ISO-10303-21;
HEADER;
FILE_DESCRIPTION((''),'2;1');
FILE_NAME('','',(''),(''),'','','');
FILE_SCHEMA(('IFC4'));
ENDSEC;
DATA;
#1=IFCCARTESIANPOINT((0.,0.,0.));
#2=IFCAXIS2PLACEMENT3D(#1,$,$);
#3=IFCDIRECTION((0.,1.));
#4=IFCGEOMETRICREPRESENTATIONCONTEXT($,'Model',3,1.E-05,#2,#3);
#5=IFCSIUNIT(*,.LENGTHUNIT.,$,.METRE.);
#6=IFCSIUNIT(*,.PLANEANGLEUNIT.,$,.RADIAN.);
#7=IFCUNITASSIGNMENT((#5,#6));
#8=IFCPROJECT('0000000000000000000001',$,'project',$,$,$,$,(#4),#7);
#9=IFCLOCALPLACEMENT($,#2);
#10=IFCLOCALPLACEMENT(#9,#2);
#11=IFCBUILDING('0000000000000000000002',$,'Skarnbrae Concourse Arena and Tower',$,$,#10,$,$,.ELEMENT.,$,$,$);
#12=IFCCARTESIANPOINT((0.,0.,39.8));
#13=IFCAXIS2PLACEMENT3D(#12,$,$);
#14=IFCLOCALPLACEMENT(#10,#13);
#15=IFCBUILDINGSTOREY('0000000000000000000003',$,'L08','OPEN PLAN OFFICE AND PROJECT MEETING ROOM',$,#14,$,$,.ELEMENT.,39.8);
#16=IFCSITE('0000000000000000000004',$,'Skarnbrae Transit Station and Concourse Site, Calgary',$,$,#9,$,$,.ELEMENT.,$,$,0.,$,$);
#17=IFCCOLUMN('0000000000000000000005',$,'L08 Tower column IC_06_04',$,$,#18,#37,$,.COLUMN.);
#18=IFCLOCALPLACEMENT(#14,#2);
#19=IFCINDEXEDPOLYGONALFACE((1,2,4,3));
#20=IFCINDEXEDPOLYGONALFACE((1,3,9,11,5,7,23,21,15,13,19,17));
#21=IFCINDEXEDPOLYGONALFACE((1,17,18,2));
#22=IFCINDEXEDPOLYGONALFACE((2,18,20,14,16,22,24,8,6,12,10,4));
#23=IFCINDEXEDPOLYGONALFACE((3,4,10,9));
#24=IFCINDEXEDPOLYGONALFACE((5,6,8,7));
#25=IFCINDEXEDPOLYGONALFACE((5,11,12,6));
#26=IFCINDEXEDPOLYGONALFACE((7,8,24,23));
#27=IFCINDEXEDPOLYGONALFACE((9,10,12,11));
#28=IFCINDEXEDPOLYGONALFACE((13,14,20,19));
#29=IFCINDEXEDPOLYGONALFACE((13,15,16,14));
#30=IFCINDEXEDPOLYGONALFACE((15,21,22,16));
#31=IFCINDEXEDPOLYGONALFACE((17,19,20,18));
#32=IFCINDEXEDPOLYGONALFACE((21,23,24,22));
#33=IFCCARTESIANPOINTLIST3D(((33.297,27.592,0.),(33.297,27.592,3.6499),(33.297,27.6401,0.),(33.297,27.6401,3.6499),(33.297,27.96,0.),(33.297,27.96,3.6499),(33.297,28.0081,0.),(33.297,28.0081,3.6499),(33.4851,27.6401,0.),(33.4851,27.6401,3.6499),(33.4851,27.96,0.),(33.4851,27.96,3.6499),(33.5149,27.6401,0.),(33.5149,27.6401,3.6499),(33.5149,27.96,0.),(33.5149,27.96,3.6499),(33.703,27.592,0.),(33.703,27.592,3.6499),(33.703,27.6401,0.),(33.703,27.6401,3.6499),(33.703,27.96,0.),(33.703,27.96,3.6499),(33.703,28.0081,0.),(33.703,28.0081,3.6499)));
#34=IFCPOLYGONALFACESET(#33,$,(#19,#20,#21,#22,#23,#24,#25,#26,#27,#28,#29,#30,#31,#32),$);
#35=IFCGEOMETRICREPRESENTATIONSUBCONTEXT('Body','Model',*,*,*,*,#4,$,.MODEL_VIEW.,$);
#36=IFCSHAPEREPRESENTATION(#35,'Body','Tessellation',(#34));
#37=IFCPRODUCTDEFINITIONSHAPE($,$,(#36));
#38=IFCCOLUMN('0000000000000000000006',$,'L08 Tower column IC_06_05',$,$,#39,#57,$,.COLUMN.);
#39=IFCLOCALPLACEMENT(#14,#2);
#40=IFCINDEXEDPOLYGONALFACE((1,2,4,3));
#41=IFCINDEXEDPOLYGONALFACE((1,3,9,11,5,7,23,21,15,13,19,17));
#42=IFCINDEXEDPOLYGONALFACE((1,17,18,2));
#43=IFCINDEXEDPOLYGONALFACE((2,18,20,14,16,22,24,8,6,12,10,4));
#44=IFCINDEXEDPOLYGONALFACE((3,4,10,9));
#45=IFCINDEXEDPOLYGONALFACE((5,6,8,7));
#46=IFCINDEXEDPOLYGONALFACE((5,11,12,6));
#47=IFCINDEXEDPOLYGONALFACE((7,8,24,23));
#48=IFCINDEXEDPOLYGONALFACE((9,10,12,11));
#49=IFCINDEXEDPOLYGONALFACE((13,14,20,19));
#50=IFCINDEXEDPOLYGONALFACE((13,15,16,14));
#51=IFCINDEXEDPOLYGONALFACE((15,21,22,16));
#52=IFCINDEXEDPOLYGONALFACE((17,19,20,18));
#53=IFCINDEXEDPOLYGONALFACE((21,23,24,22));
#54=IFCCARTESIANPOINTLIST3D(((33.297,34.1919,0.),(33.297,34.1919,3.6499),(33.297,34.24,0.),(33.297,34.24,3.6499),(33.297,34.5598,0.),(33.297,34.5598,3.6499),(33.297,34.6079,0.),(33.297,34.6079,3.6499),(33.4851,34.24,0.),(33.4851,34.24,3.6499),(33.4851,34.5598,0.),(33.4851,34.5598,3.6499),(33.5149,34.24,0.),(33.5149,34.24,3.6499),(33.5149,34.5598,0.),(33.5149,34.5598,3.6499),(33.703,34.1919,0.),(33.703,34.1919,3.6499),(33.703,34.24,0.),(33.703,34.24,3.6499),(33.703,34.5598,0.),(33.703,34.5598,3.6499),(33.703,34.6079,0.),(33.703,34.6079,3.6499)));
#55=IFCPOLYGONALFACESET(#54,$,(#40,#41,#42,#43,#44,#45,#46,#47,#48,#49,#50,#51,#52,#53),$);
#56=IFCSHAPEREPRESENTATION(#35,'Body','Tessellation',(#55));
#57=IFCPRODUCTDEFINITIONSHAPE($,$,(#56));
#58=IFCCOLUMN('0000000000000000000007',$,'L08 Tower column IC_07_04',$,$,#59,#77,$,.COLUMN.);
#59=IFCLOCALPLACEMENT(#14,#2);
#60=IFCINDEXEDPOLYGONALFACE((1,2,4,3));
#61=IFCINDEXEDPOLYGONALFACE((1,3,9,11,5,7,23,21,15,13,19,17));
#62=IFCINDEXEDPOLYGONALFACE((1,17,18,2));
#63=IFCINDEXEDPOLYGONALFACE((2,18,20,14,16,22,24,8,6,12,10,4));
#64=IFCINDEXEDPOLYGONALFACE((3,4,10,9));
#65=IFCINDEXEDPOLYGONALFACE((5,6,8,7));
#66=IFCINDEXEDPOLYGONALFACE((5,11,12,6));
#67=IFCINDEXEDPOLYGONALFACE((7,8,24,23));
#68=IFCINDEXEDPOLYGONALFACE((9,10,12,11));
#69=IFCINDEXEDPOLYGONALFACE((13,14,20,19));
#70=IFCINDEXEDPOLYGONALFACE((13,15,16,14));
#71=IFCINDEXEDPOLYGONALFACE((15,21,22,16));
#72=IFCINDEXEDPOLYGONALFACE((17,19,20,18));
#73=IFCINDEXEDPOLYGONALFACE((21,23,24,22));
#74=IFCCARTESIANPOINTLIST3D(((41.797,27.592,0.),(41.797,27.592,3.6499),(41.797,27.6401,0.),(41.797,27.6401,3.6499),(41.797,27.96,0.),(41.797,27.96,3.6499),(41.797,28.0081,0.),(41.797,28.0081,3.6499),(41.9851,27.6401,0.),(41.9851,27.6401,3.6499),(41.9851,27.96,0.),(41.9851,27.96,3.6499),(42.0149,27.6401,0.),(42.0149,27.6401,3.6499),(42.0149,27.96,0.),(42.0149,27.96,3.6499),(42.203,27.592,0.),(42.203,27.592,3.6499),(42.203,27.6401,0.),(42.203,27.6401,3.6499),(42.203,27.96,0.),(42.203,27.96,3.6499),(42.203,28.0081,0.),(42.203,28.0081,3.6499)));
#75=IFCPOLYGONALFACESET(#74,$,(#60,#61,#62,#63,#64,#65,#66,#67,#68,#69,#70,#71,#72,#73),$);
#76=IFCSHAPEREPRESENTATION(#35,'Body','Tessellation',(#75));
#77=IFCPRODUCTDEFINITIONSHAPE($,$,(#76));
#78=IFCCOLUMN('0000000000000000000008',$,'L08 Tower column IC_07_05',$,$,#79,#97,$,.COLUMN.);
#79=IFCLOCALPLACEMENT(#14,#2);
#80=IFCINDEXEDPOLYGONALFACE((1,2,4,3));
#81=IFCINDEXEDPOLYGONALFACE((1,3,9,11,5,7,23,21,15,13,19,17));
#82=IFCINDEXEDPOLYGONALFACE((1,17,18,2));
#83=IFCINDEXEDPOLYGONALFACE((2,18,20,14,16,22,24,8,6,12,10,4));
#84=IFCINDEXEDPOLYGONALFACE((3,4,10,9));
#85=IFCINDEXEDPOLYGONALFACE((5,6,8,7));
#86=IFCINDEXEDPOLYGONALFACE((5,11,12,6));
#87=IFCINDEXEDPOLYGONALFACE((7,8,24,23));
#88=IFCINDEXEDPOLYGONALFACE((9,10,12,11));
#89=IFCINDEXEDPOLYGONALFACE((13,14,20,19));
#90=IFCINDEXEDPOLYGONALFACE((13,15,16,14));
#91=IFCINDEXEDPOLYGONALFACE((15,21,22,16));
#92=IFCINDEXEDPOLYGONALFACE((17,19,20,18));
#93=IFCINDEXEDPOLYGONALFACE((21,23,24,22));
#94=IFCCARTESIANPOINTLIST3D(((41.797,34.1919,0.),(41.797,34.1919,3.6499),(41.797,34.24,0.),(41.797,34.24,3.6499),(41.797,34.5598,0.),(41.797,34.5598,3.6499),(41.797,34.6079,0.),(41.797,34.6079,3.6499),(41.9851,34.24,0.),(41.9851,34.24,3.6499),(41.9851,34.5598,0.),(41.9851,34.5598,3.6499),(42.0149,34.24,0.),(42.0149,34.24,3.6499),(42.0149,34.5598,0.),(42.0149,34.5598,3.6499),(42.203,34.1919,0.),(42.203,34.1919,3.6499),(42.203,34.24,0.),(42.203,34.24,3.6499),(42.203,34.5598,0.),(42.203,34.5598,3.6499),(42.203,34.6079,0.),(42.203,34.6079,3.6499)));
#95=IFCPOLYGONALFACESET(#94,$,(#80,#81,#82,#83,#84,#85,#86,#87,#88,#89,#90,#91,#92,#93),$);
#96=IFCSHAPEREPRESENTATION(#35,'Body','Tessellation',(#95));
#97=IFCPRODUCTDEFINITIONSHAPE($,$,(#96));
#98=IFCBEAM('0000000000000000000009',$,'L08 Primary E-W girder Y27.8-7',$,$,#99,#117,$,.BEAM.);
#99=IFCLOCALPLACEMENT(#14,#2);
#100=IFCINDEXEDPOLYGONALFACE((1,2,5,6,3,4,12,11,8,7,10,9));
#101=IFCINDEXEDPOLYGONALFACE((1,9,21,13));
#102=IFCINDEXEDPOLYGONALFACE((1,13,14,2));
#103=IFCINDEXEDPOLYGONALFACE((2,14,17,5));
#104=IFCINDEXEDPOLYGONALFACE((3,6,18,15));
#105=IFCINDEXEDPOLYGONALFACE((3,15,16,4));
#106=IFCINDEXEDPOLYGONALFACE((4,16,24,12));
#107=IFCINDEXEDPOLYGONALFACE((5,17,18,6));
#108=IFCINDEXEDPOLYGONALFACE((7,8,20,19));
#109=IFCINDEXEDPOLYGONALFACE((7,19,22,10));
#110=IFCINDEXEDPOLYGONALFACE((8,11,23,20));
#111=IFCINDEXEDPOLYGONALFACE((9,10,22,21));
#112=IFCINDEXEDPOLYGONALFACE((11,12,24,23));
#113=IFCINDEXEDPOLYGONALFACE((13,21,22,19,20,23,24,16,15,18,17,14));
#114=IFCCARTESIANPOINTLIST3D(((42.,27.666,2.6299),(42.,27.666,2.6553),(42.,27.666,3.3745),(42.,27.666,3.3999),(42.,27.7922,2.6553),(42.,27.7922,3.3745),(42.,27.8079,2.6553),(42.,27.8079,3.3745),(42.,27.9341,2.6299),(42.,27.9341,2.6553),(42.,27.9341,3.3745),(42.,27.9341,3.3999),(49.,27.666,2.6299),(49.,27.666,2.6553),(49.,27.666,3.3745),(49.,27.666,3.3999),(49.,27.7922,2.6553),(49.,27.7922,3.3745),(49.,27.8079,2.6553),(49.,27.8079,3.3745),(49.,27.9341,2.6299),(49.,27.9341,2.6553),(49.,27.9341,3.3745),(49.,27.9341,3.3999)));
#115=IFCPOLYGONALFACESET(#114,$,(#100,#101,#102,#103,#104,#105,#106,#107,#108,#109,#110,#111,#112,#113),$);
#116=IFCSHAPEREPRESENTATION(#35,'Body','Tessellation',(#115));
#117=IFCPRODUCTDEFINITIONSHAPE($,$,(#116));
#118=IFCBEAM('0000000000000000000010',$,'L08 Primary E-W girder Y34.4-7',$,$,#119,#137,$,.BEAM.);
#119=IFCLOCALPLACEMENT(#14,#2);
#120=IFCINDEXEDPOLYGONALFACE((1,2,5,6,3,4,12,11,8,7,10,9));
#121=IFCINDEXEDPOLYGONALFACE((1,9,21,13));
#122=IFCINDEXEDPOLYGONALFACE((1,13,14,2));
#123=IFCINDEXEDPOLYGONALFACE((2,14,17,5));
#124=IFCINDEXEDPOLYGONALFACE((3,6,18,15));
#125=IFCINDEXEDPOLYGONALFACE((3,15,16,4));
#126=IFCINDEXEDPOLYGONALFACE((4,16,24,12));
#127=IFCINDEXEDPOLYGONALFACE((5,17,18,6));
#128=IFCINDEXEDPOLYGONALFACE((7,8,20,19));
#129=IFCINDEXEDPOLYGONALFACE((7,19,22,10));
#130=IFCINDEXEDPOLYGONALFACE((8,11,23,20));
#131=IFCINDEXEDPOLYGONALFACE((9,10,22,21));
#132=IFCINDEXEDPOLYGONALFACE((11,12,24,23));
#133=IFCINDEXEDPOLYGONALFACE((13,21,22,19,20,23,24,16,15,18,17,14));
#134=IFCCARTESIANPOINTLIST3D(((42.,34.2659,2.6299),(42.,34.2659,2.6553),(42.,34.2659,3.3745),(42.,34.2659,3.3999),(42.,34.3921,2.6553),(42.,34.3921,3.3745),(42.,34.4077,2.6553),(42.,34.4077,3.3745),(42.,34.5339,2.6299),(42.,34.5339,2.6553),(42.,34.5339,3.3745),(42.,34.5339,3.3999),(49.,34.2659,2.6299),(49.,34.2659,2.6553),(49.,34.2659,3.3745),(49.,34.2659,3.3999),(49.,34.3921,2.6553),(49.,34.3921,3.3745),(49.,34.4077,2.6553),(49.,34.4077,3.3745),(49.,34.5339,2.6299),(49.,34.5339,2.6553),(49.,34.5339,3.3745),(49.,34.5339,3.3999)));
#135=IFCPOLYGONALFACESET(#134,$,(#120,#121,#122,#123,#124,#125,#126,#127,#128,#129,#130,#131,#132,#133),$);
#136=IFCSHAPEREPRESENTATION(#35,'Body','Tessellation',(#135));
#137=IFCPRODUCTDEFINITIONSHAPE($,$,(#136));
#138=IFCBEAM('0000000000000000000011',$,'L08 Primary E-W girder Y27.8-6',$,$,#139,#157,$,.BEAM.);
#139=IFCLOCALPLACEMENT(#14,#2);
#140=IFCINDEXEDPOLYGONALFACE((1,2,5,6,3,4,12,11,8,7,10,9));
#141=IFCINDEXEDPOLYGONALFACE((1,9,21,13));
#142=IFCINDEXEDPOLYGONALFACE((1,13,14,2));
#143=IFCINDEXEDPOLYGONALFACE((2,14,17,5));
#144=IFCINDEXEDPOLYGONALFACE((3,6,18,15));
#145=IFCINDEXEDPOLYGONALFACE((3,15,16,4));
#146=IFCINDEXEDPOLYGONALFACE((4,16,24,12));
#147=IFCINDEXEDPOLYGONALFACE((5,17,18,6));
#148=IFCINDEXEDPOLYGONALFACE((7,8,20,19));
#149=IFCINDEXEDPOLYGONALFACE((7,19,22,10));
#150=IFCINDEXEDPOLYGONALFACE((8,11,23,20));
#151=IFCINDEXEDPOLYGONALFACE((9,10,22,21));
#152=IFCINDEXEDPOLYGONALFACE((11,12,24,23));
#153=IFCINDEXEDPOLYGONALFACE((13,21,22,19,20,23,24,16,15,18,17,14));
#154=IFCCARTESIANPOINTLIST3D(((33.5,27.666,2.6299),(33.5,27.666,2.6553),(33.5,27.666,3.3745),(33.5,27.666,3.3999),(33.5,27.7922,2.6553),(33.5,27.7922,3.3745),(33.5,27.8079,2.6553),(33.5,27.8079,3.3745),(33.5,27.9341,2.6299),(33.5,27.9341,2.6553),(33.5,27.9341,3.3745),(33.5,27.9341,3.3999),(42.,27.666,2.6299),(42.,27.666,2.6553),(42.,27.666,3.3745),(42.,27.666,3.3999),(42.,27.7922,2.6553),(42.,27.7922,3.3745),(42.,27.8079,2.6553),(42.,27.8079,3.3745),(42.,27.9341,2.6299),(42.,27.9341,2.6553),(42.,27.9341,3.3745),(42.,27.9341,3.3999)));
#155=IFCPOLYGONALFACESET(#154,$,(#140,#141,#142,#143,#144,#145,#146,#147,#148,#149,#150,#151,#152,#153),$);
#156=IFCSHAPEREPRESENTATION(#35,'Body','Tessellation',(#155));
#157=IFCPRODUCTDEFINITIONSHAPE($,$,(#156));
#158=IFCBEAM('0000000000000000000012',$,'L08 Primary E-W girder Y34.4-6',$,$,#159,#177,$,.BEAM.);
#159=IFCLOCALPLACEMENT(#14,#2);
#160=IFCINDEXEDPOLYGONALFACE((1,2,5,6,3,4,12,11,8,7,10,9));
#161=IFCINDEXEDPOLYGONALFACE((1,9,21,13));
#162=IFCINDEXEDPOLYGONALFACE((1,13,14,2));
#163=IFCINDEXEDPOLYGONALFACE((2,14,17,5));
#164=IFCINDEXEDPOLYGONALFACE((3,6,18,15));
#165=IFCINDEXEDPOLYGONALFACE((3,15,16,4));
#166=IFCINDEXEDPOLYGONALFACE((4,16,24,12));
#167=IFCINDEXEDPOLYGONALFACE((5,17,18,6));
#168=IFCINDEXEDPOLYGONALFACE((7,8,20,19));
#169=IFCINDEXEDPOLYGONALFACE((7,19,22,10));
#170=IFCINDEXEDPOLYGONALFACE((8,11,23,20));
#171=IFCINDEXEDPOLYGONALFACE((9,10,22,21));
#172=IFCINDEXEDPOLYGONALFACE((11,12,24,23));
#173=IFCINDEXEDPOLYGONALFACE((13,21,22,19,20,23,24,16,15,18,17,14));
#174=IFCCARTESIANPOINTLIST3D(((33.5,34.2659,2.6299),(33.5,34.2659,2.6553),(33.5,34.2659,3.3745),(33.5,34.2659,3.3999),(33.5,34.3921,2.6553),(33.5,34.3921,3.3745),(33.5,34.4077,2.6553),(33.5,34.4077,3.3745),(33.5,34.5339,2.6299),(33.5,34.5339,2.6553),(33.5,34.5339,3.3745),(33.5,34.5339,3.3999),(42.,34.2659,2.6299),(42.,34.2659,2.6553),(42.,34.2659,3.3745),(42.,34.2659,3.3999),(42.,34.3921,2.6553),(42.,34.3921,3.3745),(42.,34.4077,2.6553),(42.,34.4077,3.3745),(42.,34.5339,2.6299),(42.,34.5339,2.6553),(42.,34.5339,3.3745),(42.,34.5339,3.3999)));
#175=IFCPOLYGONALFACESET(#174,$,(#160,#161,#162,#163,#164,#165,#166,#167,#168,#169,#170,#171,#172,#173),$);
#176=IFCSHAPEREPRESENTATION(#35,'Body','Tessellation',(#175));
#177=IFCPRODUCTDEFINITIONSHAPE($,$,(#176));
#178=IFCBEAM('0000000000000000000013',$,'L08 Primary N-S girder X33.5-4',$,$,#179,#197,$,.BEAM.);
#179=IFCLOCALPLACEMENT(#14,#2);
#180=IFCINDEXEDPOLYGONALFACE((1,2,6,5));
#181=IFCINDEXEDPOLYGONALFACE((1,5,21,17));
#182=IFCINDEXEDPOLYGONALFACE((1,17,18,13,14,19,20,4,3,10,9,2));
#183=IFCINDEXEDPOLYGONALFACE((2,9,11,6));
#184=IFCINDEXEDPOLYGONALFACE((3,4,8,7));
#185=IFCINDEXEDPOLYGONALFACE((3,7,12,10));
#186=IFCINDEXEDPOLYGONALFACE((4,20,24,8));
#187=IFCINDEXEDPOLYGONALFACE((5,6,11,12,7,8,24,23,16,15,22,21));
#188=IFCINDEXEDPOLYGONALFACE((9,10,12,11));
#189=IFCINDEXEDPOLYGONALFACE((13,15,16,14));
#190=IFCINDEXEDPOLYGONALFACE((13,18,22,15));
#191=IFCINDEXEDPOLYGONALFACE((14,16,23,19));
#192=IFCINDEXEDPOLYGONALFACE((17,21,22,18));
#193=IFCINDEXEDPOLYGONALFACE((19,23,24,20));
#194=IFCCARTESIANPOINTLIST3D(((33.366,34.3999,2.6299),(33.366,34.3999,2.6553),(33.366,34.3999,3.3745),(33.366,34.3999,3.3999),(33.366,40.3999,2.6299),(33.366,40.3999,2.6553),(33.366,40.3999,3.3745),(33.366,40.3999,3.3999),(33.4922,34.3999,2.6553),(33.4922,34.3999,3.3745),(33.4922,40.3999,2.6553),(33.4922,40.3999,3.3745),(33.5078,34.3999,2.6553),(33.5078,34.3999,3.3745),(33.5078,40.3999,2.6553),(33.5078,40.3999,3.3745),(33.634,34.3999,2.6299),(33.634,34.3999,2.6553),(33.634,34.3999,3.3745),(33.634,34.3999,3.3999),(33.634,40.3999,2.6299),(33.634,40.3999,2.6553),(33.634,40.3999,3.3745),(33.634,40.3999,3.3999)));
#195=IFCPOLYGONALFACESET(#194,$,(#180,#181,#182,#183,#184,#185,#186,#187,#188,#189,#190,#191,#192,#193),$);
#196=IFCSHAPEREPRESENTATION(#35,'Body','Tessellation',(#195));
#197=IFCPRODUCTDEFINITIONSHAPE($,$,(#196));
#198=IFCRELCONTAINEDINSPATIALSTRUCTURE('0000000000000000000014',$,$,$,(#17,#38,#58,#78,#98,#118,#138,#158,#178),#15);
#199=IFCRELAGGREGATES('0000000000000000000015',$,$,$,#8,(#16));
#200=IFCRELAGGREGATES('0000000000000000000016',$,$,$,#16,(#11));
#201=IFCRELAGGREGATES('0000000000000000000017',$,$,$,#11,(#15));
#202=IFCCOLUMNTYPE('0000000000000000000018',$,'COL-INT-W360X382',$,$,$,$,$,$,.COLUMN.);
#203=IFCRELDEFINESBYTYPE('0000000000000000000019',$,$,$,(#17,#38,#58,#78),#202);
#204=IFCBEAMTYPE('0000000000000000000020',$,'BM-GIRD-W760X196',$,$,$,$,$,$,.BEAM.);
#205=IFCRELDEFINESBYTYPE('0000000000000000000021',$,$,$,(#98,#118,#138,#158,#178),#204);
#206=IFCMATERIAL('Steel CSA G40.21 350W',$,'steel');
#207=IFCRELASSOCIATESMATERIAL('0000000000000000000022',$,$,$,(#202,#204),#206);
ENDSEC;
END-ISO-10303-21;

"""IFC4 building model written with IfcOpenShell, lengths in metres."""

from ifc_helpers import new_model, si_unit, direction, frame, origin, origin_2d, place, context, subcontext, project, spatial, i_section, extrude, source, transform, mapped, material, material_profile, profile_set, type_object, element, save


model = new_model("IFC4")

# Units and contexts
model_context = context("Model", 3, precision=1e-05, world=origin(), true_north=direction((0.0, 1.0)))
body_context = subcontext(model_context, "Body", "Model", "MODEL_VIEW")
ifc_project = project(units=[si_unit("LENGTHUNIT", "METRE"), si_unit("PLANEANGLEUNIT", "RADIAN")], contexts=[model_context])

# Site, building, storey
site_placement = place(None, origin())
site = spatial("IfcSite", under=ifc_project, at=site_placement, Name="Skarnbrae Transit Station and Concourse Site, Calgary", CompositionType="ELEMENT", RefElevation=0.0)
building_placement = place(site_placement, origin())
building = spatial("IfcBuilding", under=site, at=building_placement, Name="Skarnbrae Concourse Arena and Tower", CompositionType="ELEMENT")
storey_placement = place(building_placement, frame((0.0, 0.0, 39.8)))
storey = spatial("IfcBuildingStorey", under=building, at=storey_placement, Name="L08", Description="OPEN PLAN OFFICE AND PROJECT MEETING ROOM", CompositionType="ELEMENT", Elevation=39.8)

# Columns
ifc_material_1 = material(Name="Steel CSA G40.21 350W", Category="steel")
ifc_material_profile_1 = material_profile(ifc_material_1, i_section(OverallWidth=0.406, OverallDepth=0.416, WebThickness=0.0298, FlangeThickness=0.0481, at=origin_2d()), Name="W360X382")
ifc_profile_set_1 = profile_set([ifc_material_profile_1], Name="Steel CSA G40.21 350W")
column_type = type_object("IfcColumnType", Name="COL-INT-W360X382", PredefinedType="COLUMN", material=ifc_profile_set_1)
shared_shape_1 = source(origin(), body_context, "Body", "SweptSolid", [
    extrude(i_section(OverallWidth=0.406, OverallDepth=0.416, WebThickness=0.0298, FlangeThickness=0.0481, at=origin_2d()), origin(), (0.0, 0.0, 1.0), 3.6499),
])
for number, where, z_axis, x_axis, name in (
    (1, (33.5, 27.8, 0.0), (0.0, 0.0, 1.0), (1.0, 0.0, 0.0), "L08 Tower column IC_06_04"),
    (2, (33.5, 34.3999, 0.0), (0.0, 0.0, 1.0), (1.0, 0.0, 0.0), "L08 Tower column IC_06_05"),
    (3, (42.0, 27.8, 0.0), (0.0, 0.0, 1.0), (1.0, 0.0, 0.0), "L08 Tower column IC_07_04"),
    (4, (42.0, 34.3999, 0.0), (0.0, 0.0, 1.0), (1.0, 0.0, 0.0), "L08 Tower column IC_07_05"),
):
    element("IfcColumn", number, at=place(storey_placement, frame(where, z_axis=z_axis, x_axis=x_axis)), inside=storey, type_object=column_type, Name=name, PredefinedType="COLUMN", context=body_context, shape_type="MappedRepresentation", body=[
        mapped(shared_shape_1, transform((0.0, 0.0, 0.0))),
    ])

# Beams
ifc_material_profile_2 = material_profile(ifc_material_1, i_section(OverallWidth=0.2681, OverallDepth=0.77, WebThickness=0.0156, FlangeThickness=0.0254, at=origin_2d()), Name="W760X196")
ifc_profile_set_2 = profile_set([ifc_material_profile_2], Name="Steel CSA G40.21 350W")
beam_type_1 = type_object("IfcBeamType", Name="BM-GIRD-W760X196", PredefinedType="BEAM", material=ifc_profile_set_2)
shared_shape_2 = source(origin(), body_context, "Body", "SweptSolid", [
    extrude(i_section(OverallWidth=0.2681, OverallDepth=0.77, WebThickness=0.0156, FlangeThickness=0.0254, at=origin_2d()), origin(), (0.0, 0.0, 1.0), 7.0),
])
for number, where, z_axis, x_axis, name in (
    (5, (42.0, 27.8, 3.0149), (1.0, 0.0, 0.0), (0.0, 1.0, 0.0), "L08 Primary E-W girder Y27.8-7"),
    (6, (42.0, 34.3999, 3.0149), (1.0, 0.0, 0.0), (0.0, 1.0, 0.0), "L08 Primary E-W girder Y34.4-7"),
):
    element("IfcBeam", number, at=place(storey_placement, frame(where, z_axis=z_axis, x_axis=x_axis)), inside=storey, type_object=beam_type_1, Name=name, PredefinedType="BEAM", context=body_context, shape_type="MappedRepresentation", body=[
        mapped(shared_shape_2, transform((0.0, 0.0, 0.0))),
    ])
shared_shape_3 = source(origin(), body_context, "Body", "SweptSolid", [
    extrude(i_section(OverallWidth=0.2681, OverallDepth=0.77, WebThickness=0.0156, FlangeThickness=0.0254, at=origin_2d()), origin(), (0.0, 0.0, 1.0), 8.5),
])
for number, where, z_axis, x_axis, name in (
    (7, (33.5, 27.8, 3.0149), (1.0, 0.0, 0.0), (0.0, 1.0, 0.0), "L08 Primary E-W girder Y27.8-6"),
    (8, (33.5, 34.3999, 3.0149), (1.0, 0.0, 0.0), (0.0, 1.0, 0.0), "L08 Primary E-W girder Y34.4-6"),
):
    element("IfcBeam", number, at=place(storey_placement, frame(where, z_axis=z_axis, x_axis=x_axis)), inside=storey, type_object=beam_type_1, Name=name, PredefinedType="BEAM", context=body_context, shape_type="MappedRepresentation", body=[
        mapped(shared_shape_3, transform((0.0, 0.0, 0.0))),
    ])
shared_shape_4 = source(origin(), body_context, "Body", "SweptSolid", [
    extrude(i_section(OverallWidth=0.2681, OverallDepth=0.77, WebThickness=0.0156, FlangeThickness=0.0254, at=origin_2d()), origin(), (0.0, 0.0, 1.0), 6.0),
])
for number, where, z_axis, x_axis, name in (
    (9, (33.5, 34.3999, 3.0149), (0.0, 1.0, 0.0), (-1.0, 0.0, 0.0), "L08 Primary N-S girder X33.5-4"),
):
    element("IfcBeam", number, at=place(storey_placement, frame(where, z_axis=z_axis, x_axis=x_axis)), inside=storey, type_object=beam_type_1, Name=name, PredefinedType="BEAM", context=body_context, shape_type="MappedRepresentation", body=[
        mapped(shared_shape_4, transform((0.0, 0.0, 0.0))),
    ])

save(model, "model.ifc")
